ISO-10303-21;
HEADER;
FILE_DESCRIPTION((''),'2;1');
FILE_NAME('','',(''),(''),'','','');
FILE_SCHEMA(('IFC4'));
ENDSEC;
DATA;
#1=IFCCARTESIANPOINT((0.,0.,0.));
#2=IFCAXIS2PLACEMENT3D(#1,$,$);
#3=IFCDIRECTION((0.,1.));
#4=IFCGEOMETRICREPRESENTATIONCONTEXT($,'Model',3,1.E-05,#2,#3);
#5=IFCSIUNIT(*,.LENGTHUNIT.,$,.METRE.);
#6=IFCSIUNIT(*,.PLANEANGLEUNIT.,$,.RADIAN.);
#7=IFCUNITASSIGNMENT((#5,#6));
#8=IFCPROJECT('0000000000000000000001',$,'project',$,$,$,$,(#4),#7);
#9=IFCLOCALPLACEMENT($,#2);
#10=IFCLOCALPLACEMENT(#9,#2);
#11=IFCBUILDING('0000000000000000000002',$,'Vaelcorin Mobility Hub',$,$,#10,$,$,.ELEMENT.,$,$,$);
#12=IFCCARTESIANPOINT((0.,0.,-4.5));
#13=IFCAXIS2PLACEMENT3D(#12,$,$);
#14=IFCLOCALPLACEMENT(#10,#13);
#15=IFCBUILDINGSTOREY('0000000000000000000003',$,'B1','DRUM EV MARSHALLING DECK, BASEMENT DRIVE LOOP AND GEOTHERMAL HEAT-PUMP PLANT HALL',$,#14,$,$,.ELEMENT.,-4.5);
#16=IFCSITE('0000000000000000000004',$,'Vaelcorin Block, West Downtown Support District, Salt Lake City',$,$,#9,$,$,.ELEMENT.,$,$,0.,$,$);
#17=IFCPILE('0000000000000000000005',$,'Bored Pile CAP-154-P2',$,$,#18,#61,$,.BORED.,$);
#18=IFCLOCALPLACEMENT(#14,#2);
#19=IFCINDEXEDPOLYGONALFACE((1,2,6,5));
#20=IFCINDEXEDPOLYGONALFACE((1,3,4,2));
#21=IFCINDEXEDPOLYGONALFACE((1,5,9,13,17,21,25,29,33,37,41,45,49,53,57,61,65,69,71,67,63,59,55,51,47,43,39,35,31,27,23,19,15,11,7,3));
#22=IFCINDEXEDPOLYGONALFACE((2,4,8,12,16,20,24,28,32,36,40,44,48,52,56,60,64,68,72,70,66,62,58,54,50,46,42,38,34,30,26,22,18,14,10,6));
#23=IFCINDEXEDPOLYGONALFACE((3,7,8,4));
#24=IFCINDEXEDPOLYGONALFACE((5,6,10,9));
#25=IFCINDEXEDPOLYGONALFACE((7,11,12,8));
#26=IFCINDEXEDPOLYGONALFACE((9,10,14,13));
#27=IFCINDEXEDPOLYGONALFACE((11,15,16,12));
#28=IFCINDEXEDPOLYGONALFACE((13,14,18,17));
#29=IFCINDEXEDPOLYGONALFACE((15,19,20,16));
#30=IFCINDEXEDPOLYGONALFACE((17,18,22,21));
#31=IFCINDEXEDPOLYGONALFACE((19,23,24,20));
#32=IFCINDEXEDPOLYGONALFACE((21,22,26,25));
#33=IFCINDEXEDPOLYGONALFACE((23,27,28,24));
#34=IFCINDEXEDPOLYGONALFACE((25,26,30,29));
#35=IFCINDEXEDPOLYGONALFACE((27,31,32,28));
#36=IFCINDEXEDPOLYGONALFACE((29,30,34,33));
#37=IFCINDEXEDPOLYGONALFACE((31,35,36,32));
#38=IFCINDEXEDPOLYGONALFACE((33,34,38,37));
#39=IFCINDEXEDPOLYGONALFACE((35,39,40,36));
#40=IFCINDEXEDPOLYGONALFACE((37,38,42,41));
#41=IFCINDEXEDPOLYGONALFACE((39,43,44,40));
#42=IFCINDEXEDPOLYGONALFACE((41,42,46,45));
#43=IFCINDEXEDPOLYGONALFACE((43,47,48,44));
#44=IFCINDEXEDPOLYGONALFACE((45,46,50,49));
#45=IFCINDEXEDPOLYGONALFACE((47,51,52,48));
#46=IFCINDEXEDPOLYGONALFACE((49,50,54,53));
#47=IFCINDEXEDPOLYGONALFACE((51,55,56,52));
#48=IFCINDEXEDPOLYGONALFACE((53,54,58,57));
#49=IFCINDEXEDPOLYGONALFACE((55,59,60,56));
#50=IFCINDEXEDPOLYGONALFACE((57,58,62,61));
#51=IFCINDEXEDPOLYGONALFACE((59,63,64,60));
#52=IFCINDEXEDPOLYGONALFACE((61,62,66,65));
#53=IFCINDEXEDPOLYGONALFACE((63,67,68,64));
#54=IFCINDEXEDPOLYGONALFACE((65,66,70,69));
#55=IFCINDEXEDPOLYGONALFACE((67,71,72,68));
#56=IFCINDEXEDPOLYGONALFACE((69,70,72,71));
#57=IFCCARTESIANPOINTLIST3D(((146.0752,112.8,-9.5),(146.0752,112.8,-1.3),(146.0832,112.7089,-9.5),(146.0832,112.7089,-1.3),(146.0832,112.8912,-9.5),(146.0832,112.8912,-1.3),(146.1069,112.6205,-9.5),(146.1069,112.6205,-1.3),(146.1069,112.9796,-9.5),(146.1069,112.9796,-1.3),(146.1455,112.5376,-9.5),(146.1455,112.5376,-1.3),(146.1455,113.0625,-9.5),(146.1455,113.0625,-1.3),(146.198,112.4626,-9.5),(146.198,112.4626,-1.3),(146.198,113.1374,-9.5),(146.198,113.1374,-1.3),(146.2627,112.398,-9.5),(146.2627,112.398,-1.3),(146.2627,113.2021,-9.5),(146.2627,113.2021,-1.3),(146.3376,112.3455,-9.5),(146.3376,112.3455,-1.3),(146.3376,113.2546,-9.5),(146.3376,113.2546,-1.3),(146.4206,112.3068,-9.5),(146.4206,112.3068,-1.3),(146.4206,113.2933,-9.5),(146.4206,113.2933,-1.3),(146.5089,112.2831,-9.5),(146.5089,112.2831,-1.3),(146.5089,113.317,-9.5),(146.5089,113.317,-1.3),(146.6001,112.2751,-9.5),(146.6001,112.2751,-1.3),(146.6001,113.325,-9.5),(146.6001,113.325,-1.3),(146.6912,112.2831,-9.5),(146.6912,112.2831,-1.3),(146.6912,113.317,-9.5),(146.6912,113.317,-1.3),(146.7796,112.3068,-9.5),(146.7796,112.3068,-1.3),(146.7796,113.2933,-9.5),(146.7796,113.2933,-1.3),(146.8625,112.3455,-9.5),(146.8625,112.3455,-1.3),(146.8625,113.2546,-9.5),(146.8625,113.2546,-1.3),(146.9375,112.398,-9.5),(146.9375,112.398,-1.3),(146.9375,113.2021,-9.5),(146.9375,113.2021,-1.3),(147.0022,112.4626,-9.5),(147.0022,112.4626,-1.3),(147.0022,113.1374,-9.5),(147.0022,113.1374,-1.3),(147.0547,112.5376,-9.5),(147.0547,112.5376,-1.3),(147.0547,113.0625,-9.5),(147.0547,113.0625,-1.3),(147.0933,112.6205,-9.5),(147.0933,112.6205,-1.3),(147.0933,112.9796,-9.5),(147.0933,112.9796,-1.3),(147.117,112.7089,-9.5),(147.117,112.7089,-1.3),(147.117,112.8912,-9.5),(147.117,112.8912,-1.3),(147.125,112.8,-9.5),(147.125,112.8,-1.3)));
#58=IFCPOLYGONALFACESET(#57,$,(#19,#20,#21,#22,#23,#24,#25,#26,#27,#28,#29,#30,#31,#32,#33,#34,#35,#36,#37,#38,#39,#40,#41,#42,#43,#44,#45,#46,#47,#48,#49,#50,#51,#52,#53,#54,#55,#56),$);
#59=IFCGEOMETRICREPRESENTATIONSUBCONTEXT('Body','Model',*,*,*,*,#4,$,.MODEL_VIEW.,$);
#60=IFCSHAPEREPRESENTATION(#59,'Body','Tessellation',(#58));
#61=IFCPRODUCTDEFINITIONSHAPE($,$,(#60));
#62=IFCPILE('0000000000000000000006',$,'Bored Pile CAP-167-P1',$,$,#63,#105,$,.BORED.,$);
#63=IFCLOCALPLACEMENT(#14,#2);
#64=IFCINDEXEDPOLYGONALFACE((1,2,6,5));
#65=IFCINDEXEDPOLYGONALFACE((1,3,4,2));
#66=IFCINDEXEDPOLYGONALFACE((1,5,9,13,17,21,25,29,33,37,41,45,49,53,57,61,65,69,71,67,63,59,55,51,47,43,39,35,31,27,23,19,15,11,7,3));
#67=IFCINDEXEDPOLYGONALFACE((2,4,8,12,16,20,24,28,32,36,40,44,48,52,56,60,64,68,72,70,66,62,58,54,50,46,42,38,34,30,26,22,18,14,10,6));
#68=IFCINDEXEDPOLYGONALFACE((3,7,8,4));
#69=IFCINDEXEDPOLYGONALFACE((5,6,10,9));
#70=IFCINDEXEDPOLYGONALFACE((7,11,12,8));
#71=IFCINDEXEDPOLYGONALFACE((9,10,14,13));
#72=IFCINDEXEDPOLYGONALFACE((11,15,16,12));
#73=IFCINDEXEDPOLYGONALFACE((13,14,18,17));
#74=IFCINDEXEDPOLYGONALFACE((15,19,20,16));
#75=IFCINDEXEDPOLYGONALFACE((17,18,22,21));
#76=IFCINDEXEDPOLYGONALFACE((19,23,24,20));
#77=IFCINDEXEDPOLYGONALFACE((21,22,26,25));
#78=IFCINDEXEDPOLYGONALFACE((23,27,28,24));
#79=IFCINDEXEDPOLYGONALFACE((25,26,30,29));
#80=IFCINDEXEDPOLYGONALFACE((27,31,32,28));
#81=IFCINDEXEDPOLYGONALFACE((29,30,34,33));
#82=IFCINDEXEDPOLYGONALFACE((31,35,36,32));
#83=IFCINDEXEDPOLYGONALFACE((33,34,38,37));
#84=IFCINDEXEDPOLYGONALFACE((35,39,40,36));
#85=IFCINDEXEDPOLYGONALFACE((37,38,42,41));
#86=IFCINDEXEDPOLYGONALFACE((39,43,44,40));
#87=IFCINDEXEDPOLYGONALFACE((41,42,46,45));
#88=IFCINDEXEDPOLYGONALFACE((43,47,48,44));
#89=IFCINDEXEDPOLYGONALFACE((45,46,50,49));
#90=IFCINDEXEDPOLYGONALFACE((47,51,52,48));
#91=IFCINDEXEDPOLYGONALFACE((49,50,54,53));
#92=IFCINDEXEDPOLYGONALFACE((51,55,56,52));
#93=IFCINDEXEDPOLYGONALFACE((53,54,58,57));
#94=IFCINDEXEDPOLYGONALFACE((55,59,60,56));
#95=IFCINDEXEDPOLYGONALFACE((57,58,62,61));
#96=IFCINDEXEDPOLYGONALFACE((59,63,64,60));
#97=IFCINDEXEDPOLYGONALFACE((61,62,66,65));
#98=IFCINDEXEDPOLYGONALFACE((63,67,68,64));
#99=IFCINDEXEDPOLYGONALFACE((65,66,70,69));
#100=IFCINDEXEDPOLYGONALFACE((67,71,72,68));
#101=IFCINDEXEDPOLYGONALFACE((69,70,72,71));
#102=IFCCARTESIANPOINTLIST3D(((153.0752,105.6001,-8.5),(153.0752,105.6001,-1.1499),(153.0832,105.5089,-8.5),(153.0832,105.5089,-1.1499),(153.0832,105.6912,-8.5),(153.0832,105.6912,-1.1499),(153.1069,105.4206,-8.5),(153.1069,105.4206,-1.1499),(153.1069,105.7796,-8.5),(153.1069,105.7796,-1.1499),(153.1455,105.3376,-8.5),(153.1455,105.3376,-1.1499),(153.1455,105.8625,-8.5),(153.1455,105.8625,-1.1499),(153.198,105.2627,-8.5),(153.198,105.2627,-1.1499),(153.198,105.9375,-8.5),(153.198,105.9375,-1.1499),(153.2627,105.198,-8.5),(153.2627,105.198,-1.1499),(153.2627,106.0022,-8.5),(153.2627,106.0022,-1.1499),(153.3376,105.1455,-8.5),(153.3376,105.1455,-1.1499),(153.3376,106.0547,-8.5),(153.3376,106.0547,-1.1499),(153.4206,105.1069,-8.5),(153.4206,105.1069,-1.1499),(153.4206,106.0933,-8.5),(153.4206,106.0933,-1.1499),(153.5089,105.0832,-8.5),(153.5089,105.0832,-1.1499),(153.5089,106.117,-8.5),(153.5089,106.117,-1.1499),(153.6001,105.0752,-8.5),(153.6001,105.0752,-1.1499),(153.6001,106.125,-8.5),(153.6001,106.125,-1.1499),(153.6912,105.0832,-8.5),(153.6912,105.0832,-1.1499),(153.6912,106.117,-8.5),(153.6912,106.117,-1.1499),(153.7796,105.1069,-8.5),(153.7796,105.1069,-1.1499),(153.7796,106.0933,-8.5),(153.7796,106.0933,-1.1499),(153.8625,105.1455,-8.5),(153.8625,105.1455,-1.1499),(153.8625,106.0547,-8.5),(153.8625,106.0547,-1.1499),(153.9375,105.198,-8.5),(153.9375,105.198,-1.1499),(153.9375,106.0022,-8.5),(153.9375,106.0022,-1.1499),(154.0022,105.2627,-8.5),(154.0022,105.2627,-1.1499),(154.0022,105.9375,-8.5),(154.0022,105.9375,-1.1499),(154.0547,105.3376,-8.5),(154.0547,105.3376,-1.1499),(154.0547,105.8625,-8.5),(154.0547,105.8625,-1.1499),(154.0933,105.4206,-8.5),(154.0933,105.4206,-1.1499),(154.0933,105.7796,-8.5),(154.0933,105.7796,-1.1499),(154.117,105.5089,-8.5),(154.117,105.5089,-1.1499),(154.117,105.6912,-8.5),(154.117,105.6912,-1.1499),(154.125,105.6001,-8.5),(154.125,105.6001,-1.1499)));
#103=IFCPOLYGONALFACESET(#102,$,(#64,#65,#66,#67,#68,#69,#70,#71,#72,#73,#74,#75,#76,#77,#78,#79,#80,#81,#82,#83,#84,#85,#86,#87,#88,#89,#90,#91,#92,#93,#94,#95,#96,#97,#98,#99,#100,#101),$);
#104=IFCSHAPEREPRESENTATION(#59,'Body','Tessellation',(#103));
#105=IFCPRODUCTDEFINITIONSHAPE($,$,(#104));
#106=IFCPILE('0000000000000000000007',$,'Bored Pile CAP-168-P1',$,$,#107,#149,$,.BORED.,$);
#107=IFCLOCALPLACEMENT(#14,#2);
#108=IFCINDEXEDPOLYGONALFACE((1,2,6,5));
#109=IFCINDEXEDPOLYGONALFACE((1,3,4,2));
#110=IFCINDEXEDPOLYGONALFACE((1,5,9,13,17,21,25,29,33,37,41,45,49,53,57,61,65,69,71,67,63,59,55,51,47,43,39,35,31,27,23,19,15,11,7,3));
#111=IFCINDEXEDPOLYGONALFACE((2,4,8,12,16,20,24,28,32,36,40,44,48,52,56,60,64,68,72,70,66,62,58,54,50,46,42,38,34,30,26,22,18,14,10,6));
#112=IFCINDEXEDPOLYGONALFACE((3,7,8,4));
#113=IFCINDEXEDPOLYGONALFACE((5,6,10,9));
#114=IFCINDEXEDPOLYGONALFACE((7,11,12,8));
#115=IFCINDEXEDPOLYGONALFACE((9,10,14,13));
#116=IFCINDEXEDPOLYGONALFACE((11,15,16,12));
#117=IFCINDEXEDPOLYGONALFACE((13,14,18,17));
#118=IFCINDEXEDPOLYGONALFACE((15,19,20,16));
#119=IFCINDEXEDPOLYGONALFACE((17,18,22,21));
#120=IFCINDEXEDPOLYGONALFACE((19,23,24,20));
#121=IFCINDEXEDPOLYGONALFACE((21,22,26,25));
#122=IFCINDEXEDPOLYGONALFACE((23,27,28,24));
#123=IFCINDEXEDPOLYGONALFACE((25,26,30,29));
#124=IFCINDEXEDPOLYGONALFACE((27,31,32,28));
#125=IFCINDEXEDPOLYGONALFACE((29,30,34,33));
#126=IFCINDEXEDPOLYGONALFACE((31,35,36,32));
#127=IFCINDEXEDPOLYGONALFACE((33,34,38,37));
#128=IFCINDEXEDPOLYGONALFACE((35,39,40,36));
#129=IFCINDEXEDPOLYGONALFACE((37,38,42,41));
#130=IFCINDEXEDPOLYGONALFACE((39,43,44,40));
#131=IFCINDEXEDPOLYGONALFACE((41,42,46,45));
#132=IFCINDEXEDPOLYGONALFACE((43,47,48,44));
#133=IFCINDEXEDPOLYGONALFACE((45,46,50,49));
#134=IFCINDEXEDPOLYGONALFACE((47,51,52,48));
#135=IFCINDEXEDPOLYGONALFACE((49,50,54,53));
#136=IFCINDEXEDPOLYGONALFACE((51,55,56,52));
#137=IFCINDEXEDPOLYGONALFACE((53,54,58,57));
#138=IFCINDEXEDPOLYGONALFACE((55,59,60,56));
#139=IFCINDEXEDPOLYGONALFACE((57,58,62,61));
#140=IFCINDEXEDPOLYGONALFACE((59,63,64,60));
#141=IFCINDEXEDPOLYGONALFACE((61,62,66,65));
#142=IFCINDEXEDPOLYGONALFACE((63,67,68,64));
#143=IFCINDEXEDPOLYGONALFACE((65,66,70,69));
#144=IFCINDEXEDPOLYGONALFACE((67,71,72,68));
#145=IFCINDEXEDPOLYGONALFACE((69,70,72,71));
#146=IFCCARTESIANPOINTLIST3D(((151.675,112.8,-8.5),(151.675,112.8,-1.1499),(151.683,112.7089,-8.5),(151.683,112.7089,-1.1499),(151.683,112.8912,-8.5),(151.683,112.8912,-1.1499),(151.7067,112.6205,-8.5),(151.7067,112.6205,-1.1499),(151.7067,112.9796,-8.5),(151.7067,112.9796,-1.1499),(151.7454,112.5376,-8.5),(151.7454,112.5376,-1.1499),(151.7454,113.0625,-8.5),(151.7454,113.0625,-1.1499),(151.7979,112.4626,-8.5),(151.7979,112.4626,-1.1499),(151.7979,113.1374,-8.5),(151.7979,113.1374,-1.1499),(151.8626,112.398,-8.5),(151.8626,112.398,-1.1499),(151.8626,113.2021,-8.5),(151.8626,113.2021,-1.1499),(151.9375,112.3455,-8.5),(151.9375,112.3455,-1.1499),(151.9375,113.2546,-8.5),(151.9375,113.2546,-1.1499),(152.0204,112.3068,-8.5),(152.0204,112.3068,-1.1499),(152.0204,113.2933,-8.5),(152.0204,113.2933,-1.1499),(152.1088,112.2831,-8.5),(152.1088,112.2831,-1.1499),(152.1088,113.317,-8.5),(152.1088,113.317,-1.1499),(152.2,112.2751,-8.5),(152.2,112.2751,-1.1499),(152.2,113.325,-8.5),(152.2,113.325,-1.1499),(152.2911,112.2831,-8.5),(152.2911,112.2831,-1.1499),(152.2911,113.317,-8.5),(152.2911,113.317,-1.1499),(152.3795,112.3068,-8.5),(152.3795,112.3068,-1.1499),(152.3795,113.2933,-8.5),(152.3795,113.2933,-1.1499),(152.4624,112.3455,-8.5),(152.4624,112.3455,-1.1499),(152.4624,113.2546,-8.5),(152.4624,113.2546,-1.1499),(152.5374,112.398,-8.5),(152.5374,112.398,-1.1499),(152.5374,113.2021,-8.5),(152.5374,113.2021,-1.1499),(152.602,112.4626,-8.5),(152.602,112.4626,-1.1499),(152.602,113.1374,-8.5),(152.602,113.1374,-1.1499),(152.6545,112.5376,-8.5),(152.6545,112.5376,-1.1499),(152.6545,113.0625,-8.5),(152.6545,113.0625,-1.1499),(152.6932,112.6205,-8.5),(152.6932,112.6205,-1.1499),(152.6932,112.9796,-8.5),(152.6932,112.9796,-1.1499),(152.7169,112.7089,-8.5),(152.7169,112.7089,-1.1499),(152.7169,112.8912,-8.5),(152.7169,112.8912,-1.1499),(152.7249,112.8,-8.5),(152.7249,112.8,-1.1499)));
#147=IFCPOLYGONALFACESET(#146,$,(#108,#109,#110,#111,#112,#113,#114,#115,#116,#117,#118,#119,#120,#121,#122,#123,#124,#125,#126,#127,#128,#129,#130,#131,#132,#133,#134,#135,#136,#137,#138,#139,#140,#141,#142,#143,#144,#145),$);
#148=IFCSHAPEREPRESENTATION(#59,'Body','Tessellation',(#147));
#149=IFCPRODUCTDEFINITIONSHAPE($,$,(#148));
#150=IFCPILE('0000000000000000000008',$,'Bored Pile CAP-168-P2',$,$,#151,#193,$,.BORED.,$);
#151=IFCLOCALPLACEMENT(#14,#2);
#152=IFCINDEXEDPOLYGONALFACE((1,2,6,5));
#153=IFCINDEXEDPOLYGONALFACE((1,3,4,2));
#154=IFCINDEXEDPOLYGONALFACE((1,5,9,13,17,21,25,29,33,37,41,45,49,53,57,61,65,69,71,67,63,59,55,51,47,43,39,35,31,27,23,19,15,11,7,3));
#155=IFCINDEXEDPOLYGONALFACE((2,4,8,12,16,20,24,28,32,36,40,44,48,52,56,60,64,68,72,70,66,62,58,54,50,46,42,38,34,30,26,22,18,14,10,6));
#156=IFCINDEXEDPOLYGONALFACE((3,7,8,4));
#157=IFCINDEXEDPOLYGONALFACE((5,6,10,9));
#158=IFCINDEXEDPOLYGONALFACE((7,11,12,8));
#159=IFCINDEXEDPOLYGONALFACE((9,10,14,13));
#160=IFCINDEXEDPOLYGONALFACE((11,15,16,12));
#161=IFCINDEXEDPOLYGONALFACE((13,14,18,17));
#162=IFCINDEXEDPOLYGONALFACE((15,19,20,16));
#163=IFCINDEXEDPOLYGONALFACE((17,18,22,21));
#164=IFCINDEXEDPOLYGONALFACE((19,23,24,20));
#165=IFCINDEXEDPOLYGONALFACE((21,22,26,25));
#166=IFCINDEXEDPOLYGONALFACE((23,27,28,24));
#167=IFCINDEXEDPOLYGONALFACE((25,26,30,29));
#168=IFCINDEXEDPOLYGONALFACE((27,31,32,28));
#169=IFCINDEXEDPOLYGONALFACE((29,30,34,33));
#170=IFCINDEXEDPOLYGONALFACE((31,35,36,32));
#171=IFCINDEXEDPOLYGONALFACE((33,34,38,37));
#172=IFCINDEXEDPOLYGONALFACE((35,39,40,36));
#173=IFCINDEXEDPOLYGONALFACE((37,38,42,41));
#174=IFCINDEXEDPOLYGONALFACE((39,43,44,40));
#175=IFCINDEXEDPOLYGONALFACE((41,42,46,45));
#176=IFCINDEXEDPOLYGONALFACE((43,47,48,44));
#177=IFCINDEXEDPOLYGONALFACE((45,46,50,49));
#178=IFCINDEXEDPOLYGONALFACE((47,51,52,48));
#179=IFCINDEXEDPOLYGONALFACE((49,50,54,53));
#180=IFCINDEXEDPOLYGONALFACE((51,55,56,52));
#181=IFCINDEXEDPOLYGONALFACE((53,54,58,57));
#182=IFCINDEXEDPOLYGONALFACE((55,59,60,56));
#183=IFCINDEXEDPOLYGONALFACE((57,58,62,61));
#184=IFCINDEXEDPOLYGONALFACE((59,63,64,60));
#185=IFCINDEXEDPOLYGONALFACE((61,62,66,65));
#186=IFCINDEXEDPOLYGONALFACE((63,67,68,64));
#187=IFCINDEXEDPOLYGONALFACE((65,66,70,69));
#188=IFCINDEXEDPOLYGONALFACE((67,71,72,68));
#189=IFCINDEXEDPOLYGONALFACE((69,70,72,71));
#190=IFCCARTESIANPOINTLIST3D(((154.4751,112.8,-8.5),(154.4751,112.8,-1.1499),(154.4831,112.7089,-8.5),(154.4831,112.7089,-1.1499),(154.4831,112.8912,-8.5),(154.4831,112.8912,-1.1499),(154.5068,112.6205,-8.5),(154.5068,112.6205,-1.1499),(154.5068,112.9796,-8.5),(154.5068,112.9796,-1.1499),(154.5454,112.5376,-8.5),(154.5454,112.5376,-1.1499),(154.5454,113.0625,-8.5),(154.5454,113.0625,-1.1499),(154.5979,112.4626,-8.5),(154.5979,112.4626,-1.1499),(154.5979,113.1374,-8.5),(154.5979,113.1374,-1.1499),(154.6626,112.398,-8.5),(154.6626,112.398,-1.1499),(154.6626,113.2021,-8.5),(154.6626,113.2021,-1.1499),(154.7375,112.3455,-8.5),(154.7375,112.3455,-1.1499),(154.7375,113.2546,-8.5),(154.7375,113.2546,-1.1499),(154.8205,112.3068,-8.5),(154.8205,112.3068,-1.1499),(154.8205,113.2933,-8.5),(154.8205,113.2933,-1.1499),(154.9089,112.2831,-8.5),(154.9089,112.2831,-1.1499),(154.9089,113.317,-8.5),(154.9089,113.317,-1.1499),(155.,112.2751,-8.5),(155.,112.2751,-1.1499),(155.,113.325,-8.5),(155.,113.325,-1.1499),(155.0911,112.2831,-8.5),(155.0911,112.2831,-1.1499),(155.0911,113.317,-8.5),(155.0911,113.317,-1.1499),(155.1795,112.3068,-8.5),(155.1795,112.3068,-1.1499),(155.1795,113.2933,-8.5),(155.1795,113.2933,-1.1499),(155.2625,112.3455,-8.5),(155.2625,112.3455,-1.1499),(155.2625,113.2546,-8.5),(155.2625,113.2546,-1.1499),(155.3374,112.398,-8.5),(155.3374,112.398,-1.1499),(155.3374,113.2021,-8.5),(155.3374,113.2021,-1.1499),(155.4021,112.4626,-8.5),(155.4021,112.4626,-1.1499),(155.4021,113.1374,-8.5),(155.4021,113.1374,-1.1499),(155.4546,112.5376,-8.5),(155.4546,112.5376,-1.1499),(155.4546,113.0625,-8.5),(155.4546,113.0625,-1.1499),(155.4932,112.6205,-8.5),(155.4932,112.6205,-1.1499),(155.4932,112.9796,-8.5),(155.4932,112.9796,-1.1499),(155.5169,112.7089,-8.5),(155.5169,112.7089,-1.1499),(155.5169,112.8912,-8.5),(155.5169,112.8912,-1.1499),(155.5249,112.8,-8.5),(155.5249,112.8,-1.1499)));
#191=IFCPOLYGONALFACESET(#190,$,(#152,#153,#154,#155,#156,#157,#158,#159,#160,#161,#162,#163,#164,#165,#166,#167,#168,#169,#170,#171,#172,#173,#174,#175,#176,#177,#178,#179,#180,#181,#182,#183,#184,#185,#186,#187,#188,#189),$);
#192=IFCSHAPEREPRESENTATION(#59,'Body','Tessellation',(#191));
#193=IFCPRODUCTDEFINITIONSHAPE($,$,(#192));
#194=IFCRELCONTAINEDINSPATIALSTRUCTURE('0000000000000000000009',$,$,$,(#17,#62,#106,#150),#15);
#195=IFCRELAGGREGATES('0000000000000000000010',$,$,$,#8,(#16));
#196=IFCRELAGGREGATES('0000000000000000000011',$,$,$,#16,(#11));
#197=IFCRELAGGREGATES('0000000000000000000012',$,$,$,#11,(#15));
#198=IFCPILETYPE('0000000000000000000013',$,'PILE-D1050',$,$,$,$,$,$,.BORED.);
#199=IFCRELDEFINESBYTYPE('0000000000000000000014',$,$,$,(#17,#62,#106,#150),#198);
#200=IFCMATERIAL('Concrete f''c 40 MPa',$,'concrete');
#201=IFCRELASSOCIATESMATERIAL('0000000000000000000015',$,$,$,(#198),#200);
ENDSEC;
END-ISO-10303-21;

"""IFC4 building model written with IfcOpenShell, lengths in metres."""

from ifc_helpers import new_model, si_unit, direction, frame, origin, origin_2d, place, context, subcontext, project, spatial, circle, extrude, material, material_profile, profile_set, type_object, element, save


model = new_model("IFC4")

# Units and contexts
model_context = context("Model", 3, precision=1e-05, world=origin(), true_north=direction((0.0, 1.0)))
body_context = subcontext(model_context, "Body", "Model", "MODEL_VIEW")
ifc_project = project(units=[si_unit("LENGTHUNIT", "METRE"), si_unit("PLANEANGLEUNIT", "RADIAN")], contexts=[model_context])

# Site, building, storey
site_placement = place(None, origin())
site = spatial("IfcSite", under=ifc_project, at=site_placement, Name="Vaelcorin Block, West Downtown Support District, Salt Lake City", CompositionType="ELEMENT", RefElevation=0.0)
building_placement = place(site_placement, origin())
building = spatial("IfcBuilding", under=site, at=building_placement, Name="Vaelcorin Mobility Hub", CompositionType="ELEMENT")
storey_placement = place(building_placement, frame((0.0, 0.0, -4.5)))
storey = spatial("IfcBuildingStorey", under=building, at=storey_placement, Name="B1", Description="DRUM EV MARSHALLING DECK, BASEMENT DRIVE LOOP AND GEOTHERMAL HEAT-PUMP PLANT HALL", CompositionType="ELEMENT", Elevation=-4.5)

# Shared definitions
ifc_material_1 = material(Name="Concrete f'c 40 MPa", Category="concrete")

# Piles
ifc_material_profile_1 = material_profile(ifc_material_1, circle(Radius=0.5249, at=origin_2d()), Name="BP-D1050")
ifc_profile_set_1 = profile_set([ifc_material_profile_1], Name="Concrete f'c 40 MPa")
pile_type = type_object("IfcPileType", Name="PILE-D1050", PredefinedType="BORED", material=ifc_profile_set_1)
for number, where, z_axis, x_axis, name in (
    (1, (146.6001, 112.8, -1.3), (0.0, 0.0, -1.0), (1.0, 0.0, 0.0), "Bored Pile CAP-154-P2"),
):
    element("IfcPile", number, at=place(storey_placement, frame(where, z_axis=z_axis, x_axis=x_axis)), inside=storey, type_object=pile_type, Name=name, PredefinedType="BORED", context=body_context, shape_type="SweptSolid", body=[
        extrude(circle(Radius=0.5249, at=origin_2d()), origin(), (0.0, 0.0, 1.0), 8.2),
    ])
for number, where, z_axis, x_axis, name in (
    (2, (153.6001, 105.6001, -1.1499), (0.0, 0.0, -1.0), (1.0, 0.0, 0.0), "Bored Pile CAP-167-P1"),
    (3, (152.2, 112.8, -1.1499), (0.0, 0.0, -1.0), (1.0, 0.0, 0.0), "Bored Pile CAP-168-P1"),
    (4, (155.0, 112.8, -1.1499), (0.0, 0.0, -1.0), (1.0, 0.0, 0.0), "Bored Pile CAP-168-P2"),
):
    element("IfcPile", number, at=place(storey_placement, frame(where, z_axis=z_axis, x_axis=x_axis)), inside=storey, type_object=pile_type, Name=name, PredefinedType="BORED", context=body_context, shape_type="SweptSolid", body=[
        extrude(circle(Radius=0.5249, at=origin_2d()), origin(), (0.0, 0.0, 1.0), 7.3501),
    ])

save(model, "model.ifc")
